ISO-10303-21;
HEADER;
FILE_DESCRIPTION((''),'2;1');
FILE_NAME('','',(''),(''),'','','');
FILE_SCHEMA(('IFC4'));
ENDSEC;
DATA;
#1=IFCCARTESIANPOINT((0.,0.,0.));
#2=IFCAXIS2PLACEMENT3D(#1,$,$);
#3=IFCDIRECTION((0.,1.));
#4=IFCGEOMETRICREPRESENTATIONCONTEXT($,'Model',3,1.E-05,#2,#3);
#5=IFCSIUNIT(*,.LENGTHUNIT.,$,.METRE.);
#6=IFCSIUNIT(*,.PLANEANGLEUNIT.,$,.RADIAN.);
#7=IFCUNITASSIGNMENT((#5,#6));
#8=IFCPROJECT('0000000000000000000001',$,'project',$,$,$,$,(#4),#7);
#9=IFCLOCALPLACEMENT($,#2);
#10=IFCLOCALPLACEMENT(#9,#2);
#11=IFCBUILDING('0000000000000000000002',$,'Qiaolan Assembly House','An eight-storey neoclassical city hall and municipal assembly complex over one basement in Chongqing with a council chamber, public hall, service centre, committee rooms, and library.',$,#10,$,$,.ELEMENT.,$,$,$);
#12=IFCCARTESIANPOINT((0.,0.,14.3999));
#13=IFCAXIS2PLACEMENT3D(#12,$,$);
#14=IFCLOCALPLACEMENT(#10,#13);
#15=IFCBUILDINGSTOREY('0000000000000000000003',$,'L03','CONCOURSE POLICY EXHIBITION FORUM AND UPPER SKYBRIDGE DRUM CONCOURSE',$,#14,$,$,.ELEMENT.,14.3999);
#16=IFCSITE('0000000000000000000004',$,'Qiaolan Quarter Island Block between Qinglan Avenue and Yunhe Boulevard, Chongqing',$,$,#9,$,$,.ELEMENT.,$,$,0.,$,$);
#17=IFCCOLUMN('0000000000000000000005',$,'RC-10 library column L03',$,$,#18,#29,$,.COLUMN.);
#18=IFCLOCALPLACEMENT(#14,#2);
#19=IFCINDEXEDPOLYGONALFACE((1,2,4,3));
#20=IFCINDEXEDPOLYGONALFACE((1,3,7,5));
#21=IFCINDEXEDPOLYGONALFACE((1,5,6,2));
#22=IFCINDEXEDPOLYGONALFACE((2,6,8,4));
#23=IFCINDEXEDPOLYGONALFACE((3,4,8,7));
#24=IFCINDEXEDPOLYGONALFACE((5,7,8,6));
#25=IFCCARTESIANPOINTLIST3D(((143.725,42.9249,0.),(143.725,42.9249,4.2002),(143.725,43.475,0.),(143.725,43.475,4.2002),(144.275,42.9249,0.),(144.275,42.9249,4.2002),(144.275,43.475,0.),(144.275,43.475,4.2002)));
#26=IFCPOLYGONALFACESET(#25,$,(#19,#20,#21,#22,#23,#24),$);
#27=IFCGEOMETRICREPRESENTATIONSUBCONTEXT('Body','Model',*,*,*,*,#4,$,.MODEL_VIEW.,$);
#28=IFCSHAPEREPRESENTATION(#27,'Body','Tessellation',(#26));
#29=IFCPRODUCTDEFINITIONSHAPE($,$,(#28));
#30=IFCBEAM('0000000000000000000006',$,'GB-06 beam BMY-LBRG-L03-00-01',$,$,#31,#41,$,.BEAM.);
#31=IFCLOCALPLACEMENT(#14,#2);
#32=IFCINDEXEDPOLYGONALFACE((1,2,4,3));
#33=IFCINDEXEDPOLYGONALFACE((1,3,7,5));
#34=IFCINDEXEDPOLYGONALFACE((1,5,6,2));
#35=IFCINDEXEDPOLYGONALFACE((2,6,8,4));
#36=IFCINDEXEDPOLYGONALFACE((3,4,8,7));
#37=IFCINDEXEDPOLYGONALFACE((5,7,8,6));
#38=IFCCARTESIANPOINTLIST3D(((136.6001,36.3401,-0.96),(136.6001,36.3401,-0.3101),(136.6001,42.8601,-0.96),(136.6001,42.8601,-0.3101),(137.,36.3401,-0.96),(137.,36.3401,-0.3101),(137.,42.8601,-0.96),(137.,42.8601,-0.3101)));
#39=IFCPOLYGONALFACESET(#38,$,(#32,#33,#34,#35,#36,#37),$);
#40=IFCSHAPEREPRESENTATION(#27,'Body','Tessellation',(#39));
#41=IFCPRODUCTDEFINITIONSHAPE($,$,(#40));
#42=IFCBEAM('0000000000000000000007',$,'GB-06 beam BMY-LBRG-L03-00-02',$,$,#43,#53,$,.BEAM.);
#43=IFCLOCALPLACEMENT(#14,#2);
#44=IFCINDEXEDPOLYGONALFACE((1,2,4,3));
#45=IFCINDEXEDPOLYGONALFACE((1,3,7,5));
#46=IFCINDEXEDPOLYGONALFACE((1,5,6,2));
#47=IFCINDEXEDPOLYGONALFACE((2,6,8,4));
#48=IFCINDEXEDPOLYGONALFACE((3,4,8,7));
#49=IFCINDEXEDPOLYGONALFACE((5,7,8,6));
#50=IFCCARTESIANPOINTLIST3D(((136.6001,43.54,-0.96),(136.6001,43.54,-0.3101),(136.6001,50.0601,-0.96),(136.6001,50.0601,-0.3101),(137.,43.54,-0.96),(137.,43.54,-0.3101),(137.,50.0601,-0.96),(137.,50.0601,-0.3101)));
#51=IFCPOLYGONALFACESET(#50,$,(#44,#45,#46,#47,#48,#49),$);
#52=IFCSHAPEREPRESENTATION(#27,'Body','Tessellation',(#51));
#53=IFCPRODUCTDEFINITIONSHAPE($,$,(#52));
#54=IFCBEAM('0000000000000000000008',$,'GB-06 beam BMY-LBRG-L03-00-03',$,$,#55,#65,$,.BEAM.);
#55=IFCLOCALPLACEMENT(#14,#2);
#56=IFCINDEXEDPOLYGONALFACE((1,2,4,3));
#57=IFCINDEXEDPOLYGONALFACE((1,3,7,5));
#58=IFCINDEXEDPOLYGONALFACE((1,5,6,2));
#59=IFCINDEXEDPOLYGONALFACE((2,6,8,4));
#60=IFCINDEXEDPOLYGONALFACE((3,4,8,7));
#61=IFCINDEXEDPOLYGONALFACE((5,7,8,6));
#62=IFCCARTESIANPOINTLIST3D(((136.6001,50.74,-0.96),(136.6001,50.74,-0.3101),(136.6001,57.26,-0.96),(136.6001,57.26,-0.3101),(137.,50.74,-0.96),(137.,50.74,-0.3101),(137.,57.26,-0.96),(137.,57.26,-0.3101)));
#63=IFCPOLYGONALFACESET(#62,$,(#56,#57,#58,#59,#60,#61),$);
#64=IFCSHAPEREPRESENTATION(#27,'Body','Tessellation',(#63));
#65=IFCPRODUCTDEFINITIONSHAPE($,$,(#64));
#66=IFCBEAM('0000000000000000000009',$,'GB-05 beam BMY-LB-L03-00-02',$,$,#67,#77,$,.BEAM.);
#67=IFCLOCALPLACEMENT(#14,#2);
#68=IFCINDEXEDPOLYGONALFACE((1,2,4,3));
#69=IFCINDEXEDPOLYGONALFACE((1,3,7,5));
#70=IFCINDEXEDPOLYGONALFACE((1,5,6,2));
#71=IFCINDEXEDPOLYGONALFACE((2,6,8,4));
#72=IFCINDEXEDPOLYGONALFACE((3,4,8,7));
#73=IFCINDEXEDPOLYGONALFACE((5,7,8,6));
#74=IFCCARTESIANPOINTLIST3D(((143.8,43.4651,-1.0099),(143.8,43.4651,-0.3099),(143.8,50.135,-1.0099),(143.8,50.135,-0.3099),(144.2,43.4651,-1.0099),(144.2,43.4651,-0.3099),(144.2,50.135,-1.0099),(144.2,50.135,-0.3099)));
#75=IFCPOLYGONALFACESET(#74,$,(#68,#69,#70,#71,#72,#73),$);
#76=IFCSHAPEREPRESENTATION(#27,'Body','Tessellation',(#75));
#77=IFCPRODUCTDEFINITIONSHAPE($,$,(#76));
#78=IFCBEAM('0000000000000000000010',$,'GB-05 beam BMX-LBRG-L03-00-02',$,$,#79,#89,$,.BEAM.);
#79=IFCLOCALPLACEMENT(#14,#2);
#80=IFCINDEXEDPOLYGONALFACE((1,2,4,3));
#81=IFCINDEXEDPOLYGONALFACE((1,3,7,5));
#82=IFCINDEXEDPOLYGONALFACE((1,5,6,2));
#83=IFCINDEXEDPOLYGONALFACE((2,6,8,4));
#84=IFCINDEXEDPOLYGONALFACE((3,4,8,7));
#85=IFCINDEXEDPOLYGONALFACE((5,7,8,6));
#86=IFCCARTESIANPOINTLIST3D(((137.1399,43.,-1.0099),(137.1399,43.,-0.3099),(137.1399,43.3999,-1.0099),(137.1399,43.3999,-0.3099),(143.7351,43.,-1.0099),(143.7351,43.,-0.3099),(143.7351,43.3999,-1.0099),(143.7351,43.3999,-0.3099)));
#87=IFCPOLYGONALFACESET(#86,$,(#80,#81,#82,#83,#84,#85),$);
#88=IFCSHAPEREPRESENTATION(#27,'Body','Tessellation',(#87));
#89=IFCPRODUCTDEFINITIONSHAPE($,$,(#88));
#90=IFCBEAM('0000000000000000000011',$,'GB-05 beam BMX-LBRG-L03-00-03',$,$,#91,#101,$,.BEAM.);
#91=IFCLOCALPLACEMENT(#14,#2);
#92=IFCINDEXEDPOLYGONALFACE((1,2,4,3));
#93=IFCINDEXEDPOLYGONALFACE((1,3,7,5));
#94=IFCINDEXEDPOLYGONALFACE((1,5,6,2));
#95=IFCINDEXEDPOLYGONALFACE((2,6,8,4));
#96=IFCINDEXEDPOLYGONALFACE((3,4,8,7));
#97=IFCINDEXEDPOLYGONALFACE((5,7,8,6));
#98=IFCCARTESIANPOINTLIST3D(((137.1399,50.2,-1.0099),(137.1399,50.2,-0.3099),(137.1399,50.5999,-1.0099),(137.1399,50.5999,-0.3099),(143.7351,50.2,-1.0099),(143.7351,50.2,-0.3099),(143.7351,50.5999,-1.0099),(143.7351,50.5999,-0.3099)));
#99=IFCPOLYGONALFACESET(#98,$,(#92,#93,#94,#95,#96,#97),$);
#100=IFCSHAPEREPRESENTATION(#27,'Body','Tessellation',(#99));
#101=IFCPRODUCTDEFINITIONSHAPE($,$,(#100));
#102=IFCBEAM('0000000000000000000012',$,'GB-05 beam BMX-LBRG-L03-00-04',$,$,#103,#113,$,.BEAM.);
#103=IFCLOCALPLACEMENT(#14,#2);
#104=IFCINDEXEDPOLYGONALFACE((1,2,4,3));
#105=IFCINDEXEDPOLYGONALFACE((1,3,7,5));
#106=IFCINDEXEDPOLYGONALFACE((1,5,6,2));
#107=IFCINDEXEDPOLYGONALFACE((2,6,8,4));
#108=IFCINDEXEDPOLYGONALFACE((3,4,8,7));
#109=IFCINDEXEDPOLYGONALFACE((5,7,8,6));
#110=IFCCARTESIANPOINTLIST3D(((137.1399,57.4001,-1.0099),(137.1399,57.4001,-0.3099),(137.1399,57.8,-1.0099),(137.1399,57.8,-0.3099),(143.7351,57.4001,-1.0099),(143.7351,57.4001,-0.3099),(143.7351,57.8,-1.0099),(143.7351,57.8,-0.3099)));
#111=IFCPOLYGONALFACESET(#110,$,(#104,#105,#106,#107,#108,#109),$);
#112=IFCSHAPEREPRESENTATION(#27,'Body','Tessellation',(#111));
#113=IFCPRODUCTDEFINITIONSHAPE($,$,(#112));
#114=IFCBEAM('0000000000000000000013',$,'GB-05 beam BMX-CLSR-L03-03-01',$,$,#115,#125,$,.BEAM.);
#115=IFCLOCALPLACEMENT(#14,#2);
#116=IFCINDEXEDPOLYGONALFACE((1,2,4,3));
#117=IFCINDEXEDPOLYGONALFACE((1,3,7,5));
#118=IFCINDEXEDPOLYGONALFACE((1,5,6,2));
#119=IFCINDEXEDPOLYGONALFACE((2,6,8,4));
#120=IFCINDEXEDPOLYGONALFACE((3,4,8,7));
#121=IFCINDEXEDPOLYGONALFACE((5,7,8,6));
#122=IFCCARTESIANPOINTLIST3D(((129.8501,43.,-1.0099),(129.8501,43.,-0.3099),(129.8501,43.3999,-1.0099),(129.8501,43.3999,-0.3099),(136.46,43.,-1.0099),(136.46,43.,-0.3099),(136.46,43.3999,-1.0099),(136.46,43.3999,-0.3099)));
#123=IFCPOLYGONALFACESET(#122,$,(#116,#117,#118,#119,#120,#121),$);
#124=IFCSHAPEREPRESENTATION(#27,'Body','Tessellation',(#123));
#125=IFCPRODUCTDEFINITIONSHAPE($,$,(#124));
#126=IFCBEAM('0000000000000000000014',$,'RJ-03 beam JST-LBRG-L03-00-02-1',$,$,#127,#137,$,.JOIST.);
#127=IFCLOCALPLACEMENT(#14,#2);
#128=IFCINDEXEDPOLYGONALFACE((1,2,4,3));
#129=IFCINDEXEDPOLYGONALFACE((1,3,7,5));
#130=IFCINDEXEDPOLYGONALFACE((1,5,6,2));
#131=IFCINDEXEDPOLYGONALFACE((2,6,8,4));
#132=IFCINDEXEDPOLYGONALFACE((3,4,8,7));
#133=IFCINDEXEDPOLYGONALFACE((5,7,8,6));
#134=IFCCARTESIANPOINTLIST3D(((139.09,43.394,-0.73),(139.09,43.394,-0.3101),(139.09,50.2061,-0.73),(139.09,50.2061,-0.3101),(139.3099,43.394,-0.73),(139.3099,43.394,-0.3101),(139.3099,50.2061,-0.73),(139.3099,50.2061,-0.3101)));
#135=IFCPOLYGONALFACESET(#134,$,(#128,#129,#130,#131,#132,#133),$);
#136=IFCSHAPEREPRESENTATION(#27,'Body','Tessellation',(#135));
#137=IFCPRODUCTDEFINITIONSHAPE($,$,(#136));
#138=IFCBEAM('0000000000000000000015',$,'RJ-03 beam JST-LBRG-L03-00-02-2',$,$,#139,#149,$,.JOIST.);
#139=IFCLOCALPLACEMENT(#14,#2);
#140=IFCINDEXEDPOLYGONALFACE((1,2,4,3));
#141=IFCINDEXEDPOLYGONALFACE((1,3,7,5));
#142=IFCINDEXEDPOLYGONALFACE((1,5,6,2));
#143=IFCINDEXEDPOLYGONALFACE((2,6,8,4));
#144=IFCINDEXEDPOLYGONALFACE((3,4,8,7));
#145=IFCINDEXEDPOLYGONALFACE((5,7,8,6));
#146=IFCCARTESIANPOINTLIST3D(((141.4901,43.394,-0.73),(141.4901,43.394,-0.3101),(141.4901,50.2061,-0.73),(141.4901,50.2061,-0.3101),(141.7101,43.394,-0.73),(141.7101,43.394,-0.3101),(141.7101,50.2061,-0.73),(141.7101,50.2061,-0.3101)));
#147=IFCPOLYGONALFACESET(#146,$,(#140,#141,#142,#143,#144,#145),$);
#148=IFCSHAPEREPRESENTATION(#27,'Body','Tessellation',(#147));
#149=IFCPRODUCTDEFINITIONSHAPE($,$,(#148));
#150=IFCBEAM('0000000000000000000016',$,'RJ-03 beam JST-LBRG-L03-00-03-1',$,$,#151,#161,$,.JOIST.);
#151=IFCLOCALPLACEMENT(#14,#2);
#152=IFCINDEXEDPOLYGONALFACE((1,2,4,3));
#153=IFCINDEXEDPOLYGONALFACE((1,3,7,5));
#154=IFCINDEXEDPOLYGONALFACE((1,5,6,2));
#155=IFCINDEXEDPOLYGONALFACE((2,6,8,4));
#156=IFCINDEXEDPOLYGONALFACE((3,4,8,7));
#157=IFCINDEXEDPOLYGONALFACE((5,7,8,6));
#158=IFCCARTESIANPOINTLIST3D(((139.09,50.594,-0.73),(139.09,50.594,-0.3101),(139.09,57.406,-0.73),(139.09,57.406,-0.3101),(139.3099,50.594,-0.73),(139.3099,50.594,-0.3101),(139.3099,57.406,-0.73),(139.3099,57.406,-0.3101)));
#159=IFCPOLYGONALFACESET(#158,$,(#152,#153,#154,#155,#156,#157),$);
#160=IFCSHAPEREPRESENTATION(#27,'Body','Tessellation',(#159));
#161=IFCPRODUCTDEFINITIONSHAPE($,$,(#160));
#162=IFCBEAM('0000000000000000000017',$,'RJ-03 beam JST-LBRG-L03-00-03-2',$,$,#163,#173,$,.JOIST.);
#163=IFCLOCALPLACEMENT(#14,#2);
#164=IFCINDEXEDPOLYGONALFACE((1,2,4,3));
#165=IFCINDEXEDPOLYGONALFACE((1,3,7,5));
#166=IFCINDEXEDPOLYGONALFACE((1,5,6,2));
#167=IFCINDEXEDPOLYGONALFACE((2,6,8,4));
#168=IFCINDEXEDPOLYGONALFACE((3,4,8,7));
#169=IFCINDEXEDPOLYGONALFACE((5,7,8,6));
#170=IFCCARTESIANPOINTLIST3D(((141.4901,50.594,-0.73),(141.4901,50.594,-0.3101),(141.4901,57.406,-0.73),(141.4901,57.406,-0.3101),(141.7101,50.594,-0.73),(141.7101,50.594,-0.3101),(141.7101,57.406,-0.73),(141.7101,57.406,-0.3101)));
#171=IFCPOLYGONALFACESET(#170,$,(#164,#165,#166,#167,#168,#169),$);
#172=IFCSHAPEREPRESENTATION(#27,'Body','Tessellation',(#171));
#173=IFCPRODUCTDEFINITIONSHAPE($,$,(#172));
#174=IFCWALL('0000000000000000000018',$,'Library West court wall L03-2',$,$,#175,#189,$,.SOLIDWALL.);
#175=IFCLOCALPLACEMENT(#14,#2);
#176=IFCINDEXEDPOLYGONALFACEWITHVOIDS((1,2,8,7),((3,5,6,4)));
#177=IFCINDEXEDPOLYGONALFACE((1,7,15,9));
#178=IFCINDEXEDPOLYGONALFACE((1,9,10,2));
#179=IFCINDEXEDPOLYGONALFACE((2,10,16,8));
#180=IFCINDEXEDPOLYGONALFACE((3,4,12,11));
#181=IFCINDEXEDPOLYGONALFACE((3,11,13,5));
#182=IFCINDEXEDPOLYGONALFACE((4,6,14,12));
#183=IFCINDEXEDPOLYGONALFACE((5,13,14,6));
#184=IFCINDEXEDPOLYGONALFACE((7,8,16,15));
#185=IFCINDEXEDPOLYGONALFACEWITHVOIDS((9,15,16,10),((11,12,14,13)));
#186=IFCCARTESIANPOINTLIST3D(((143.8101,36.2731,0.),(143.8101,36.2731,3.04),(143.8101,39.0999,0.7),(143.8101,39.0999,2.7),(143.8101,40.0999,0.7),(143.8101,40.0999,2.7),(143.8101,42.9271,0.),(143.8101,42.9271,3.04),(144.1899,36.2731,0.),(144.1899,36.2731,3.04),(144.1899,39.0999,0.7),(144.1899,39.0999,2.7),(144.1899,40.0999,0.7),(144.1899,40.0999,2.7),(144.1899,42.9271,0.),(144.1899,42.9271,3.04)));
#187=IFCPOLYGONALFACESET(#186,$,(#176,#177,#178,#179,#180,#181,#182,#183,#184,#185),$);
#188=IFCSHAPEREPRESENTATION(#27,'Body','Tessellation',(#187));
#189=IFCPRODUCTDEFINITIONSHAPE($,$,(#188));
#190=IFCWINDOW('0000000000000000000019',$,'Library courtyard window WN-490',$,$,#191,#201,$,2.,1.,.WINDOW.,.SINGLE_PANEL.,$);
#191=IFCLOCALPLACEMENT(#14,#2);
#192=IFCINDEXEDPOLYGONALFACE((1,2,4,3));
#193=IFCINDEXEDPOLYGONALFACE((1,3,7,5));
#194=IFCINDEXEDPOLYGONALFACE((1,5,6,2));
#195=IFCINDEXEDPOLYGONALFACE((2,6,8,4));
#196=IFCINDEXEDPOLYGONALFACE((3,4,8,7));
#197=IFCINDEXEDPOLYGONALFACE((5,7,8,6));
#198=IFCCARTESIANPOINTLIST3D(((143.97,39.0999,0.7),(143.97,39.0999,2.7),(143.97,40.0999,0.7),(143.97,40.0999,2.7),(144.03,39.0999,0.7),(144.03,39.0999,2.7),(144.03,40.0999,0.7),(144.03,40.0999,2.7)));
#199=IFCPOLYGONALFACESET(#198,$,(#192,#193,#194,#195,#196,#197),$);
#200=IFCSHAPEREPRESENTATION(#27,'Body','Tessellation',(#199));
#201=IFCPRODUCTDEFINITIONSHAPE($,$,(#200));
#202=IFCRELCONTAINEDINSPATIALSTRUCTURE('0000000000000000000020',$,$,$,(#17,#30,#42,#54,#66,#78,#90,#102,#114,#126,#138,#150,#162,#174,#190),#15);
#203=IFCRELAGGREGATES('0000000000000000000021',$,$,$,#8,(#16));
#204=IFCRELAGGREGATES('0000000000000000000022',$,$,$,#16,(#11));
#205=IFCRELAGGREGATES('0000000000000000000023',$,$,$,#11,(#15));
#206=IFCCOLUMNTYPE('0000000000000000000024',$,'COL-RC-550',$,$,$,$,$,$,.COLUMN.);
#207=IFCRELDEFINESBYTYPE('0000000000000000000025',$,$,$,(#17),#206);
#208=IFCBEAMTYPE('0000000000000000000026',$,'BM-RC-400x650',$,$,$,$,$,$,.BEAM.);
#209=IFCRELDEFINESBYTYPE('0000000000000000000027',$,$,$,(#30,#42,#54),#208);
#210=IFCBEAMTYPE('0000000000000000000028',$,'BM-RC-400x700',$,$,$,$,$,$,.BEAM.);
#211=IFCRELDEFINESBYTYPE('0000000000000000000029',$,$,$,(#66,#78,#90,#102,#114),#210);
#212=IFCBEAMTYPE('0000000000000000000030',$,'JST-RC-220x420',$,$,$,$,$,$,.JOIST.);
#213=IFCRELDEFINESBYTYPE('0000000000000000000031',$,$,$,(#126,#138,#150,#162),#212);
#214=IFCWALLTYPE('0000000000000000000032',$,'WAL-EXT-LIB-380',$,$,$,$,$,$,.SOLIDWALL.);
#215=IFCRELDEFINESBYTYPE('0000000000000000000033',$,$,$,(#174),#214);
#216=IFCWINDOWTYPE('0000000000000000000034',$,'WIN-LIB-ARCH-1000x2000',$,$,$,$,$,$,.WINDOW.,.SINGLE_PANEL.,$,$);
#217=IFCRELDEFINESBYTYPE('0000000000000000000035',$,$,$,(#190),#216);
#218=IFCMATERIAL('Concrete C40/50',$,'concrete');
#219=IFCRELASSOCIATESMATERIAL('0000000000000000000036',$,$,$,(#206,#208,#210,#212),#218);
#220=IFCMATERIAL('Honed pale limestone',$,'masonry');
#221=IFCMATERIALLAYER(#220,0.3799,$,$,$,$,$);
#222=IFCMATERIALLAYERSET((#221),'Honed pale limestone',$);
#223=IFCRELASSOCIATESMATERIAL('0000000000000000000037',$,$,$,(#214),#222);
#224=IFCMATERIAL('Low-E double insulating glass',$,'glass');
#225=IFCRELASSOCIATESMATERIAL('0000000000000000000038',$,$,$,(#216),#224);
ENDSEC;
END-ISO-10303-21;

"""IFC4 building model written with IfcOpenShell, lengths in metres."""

from ifc_helpers import new_model, si_unit, direction, frame, frame_2d, origin, origin_2d, place, context, subcontext, project, spatial, rectangle, extrude, material, layer, layer_set, material_profile, profile_set, type_object, element, fill, save


model = new_model("IFC4")

# Units and contexts
model_context = context("Model", 3, precision=1e-05, world=origin(), true_north=direction((0.0, 1.0)))
body_context = subcontext(model_context, "Body", "Model", "MODEL_VIEW")
ifc_project = project(units=[si_unit("LENGTHUNIT", "METRE"), si_unit("PLANEANGLEUNIT", "RADIAN")], contexts=[model_context])

# Site, building, storey
site_placement = place(None, origin())
site = spatial("IfcSite", under=ifc_project, at=site_placement, Name="Qiaolan Quarter Island Block between Qinglan Avenue and Yunhe Boulevard, Chongqing", CompositionType="ELEMENT", RefElevation=0.0)
building_placement = place(site_placement, origin())
building = spatial("IfcBuilding", under=site, at=building_placement, Name="Qiaolan Assembly House", Description="An eight-storey neoclassical city hall and municipal assembly complex over one basement in Chongqing with a council chamber, public hall, service centre, committee rooms, and library.", CompositionType="ELEMENT")
storey_placement = place(building_placement, frame((0.0, 0.0, 14.3999)))
storey = spatial("IfcBuildingStorey", under=building, at=storey_placement, Name="L03", Description="CONCOURSE POLICY EXHIBITION FORUM AND UPPER SKYBRIDGE DRUM CONCOURSE", CompositionType="ELEMENT", Elevation=14.3999)

# Column
ifc_material_1 = material(Name="Concrete C40/50", Category="concrete")
ifc_material_profile_1 = material_profile(ifc_material_1, rectangle(XDim=0.55, YDim=0.55, at=origin_2d()), Name="RC 550x550")
ifc_profile_set_1 = profile_set([ifc_material_profile_1], Name="Concrete C40/50")
column_type = type_object("IfcColumnType", Name="COL-RC-550", PredefinedType="COLUMN", material=ifc_profile_set_1)
column_placement = place(storey_placement, frame((144.0, 43.2, 0.0), z_axis=(0.0, 0.0, 1.0), x_axis=(1.0, 0.0, 0.0)))
element("IfcColumn", 1, at=column_placement, inside=storey, type_object=column_type, Name="RC-10 library column L03", PredefinedType="COLUMN", context=body_context, shape_type="SweptSolid", body=[
    extrude(rectangle(XDim=0.55, YDim=0.55, at=origin_2d()), origin(), (0.0, 0.0, 1.0), 4.2002),
])

# Beams
ifc_material_profile_2 = material_profile(ifc_material_1, rectangle(XDim=0.3999, YDim=0.6499, at=origin_2d()), Name="RCB 400x650")
ifc_profile_set_2 = profile_set([ifc_material_profile_2], Name="Concrete C40/50")
beam_type_1 = type_object("IfcBeamType", Name="BM-RC-400x650", PredefinedType="BEAM", material=ifc_profile_set_2)
for number, where, z_axis, x_axis, name in (
    (2, (136.8, 36.3401, -0.635), (0.0, 1.0, 0.0), (-1.0, 0.0, 0.0), "GB-06 beam BMY-LBRG-L03-00-01"),
    (3, (136.8, 43.54, -0.635), (0.0, 1.0, 0.0), (-1.0, 0.0, 0.0), "GB-06 beam BMY-LBRG-L03-00-02"),
    (4, (136.8, 50.74, -0.635), (0.0, 1.0, 0.0), (-1.0, 0.0, 0.0), "GB-06 beam BMY-LBRG-L03-00-03"),
):
    element("IfcBeam", number, at=place(storey_placement, frame(where, z_axis=z_axis, x_axis=x_axis)), inside=storey, type_object=beam_type_1, Name=name, PredefinedType="BEAM", context=body_context, shape_type="SweptSolid", body=[
        extrude(rectangle(XDim=0.3999, YDim=0.6499, at=origin_2d()), origin(), (0.0, 0.0, 1.0), 6.52),
    ])
ifc_material_profile_3 = material_profile(ifc_material_1, rectangle(XDim=0.3999, YDim=0.7, at=origin_2d()), Name="RCB 400x700")
ifc_profile_set_3 = profile_set([ifc_material_profile_3], Name="Concrete C40/50")
beam_type_2 = type_object("IfcBeamType", Name="BM-RC-400x700", PredefinedType="BEAM", material=ifc_profile_set_3)
beam_1_placement = place(storey_placement, frame((144.0, 43.4651, -0.6599), z_axis=(0.0, 1.0, 0.0), x_axis=(-1.0, 0.0, 0.0)))
element("IfcBeam", 5, at=beam_1_placement, inside=storey, type_object=beam_type_2, Name="GB-05 beam BMY-LB-L03-00-02", PredefinedType="BEAM", context=body_context, shape_type="SweptSolid", body=[
    extrude(rectangle(XDim=0.3999, YDim=0.7, at=origin_2d()), origin(), (0.0, 0.0, 1.0), 6.6699),
])
for number, where, z_axis, x_axis, name in (
    (6, (137.1399, 43.2, -0.6599), (1.0, 0.0, 0.0), (0.0, 1.0, 0.0), "GB-05 beam BMX-LBRG-L03-00-02"),
    (7, (137.1399, 50.3999, -0.6599), (1.0, 0.0, 0.0), (0.0, 1.0, 0.0), "GB-05 beam BMX-LBRG-L03-00-03"),
    (8, (137.1399, 57.6001, -0.6599), (1.0, 0.0, 0.0), (0.0, 1.0, 0.0), "GB-05 beam BMX-LBRG-L03-00-04"),
):
    element("IfcBeam", number, at=place(storey_placement, frame(where, z_axis=z_axis, x_axis=x_axis)), inside=storey, type_object=beam_type_2, Name=name, PredefinedType="BEAM", context=body_context, shape_type="SweptSolid", body=[
        extrude(rectangle(XDim=0.3999, YDim=0.7, at=origin_2d()), origin(), (0.0, 0.0, 1.0), 6.5952),
    ])
beam_2_placement = place(storey_placement, frame((129.8501, 43.2, -0.6599), z_axis=(1.0, 0.0, 0.0), x_axis=(0.0, 1.0, 0.0)))
element("IfcBeam", 9, at=beam_2_placement, inside=storey, type_object=beam_type_2, Name="GB-05 beam BMX-CLSR-L03-03-01", PredefinedType="BEAM", context=body_context, shape_type="SweptSolid", body=[
    extrude(rectangle(XDim=0.3999, YDim=0.7, at=origin_2d()), origin(), (0.0, 0.0, 1.0), 6.6099),
])
ifc_material_profile_4 = material_profile(ifc_material_1, rectangle(XDim=0.22, YDim=0.4199, at=origin_2d()), Name="RCB 220x420")
ifc_profile_set_4 = profile_set([ifc_material_profile_4], Name="Concrete C40/50")
beam_type_3 = type_object("IfcBeamType", Name="JST-RC-220x420", PredefinedType="JOIST", material=ifc_profile_set_4)
for number, where, z_axis, x_axis, name in (
    (10, (139.2, 43.394, -0.52), (0.0, 1.0, 0.0), (-1.0, 0.0, 0.0), "RJ-03 beam JST-LBRG-L03-00-02-1"),
    (11, (141.6001, 43.394, -0.52), (0.0, 1.0, 0.0), (-1.0, 0.0, 0.0), "RJ-03 beam JST-LBRG-L03-00-02-2"),
    (12, (139.2, 50.594, -0.52), (0.0, 1.0, 0.0), (-1.0, 0.0, 0.0), "RJ-03 beam JST-LBRG-L03-00-03-1"),
    (13, (141.6001, 50.594, -0.52), (0.0, 1.0, 0.0), (-1.0, 0.0, 0.0), "RJ-03 beam JST-LBRG-L03-00-03-2"),
):
    element("IfcBeam", number, at=place(storey_placement, frame(where, z_axis=z_axis, x_axis=x_axis)), inside=storey, type_object=beam_type_3, Name=name, PredefinedType="JOIST", context=body_context, shape_type="SweptSolid", body=[
        extrude(rectangle(XDim=0.22, YDim=0.4199, at=origin_2d()), origin(), (0.0, 0.0, 1.0), 6.812),
    ])

# Wall, opening, window
ifc_material_2 = material(Name="Honed pale limestone", Category="masonry")
ifc_layer = layer(ifc_material_2, 0.3799)
ifc_layer_set = layer_set([ifc_layer], Name="Honed pale limestone")
wall_type = type_object("IfcWallType", Name="WAL-EXT-LIB-380", PredefinedType="SOLIDWALL", material=ifc_layer_set)
wall_placement = place(storey_placement, frame((144.0, 36.2729, 0.0), z_axis=(0.0, 0.0, 1.0), x_axis=(0.0, 1.0, 0.0)))
wall = element("IfcWall", 14, at=wall_placement, inside=storey, type_object=wall_type, Name="Library West court wall L03-2", PredefinedType="SOLIDWALL", context=body_context, shape_type="SweptSolid", body=[
    extrude(rectangle(XDim=6.6541, YDim=0.3799, at=frame_2d((3.3271, 0.0))), origin(), (0.0, 0.0, 1.0), 3.04),
])
opening_placement = place(wall_placement, frame((2.8269, 0.0, 0.7)))
opening = element("IfcOpeningElement", 15, at=opening_placement, cuts=wall, PredefinedType="OPENING", context=body_context, shape_type="SweptSolid", body=[
    extrude(rectangle(XDim=1.0, YDim=2.0, at=frame_2d((0.5, 1.0))), frame((0.0, 0.2, 0.0), z_axis=(0.0, -1.0, 0.0), x_axis=(1.0, 0.0, 0.0)), (0.0, 0.0, 1.0), 0.3999),
])
ifc_material_3 = material(Name="Low-E double insulating glass", Category="glass")
window_type = type_object("IfcWindowType", Name="WIN-LIB-ARCH-1000x2000", PartitioningType="SINGLE_PANEL", PredefinedType="WINDOW", material=ifc_material_3)
window_placement = place(opening_placement, origin())
window = element("IfcWindow", 16, at=window_placement, inside=storey, type_object=window_type, Name="Library courtyard window WN-490", OverallHeight=2.0, OverallWidth=1.0, PartitioningType="SINGLE_PANEL", PredefinedType="WINDOW", context=body_context, shape_type="SweptSolid", body=[
    extrude(rectangle(XDim=1.0, YDim=2.0, at=frame_2d((0.5, 1.0))), frame((0.0, 0.03, 0.0), z_axis=(0.0, -1.0, 0.0), x_axis=(1.0, 0.0, 0.0)), (0.0, 0.0, 1.0), 0.0601),
])
fill(opening, window)

save(model, "model.ifc")
